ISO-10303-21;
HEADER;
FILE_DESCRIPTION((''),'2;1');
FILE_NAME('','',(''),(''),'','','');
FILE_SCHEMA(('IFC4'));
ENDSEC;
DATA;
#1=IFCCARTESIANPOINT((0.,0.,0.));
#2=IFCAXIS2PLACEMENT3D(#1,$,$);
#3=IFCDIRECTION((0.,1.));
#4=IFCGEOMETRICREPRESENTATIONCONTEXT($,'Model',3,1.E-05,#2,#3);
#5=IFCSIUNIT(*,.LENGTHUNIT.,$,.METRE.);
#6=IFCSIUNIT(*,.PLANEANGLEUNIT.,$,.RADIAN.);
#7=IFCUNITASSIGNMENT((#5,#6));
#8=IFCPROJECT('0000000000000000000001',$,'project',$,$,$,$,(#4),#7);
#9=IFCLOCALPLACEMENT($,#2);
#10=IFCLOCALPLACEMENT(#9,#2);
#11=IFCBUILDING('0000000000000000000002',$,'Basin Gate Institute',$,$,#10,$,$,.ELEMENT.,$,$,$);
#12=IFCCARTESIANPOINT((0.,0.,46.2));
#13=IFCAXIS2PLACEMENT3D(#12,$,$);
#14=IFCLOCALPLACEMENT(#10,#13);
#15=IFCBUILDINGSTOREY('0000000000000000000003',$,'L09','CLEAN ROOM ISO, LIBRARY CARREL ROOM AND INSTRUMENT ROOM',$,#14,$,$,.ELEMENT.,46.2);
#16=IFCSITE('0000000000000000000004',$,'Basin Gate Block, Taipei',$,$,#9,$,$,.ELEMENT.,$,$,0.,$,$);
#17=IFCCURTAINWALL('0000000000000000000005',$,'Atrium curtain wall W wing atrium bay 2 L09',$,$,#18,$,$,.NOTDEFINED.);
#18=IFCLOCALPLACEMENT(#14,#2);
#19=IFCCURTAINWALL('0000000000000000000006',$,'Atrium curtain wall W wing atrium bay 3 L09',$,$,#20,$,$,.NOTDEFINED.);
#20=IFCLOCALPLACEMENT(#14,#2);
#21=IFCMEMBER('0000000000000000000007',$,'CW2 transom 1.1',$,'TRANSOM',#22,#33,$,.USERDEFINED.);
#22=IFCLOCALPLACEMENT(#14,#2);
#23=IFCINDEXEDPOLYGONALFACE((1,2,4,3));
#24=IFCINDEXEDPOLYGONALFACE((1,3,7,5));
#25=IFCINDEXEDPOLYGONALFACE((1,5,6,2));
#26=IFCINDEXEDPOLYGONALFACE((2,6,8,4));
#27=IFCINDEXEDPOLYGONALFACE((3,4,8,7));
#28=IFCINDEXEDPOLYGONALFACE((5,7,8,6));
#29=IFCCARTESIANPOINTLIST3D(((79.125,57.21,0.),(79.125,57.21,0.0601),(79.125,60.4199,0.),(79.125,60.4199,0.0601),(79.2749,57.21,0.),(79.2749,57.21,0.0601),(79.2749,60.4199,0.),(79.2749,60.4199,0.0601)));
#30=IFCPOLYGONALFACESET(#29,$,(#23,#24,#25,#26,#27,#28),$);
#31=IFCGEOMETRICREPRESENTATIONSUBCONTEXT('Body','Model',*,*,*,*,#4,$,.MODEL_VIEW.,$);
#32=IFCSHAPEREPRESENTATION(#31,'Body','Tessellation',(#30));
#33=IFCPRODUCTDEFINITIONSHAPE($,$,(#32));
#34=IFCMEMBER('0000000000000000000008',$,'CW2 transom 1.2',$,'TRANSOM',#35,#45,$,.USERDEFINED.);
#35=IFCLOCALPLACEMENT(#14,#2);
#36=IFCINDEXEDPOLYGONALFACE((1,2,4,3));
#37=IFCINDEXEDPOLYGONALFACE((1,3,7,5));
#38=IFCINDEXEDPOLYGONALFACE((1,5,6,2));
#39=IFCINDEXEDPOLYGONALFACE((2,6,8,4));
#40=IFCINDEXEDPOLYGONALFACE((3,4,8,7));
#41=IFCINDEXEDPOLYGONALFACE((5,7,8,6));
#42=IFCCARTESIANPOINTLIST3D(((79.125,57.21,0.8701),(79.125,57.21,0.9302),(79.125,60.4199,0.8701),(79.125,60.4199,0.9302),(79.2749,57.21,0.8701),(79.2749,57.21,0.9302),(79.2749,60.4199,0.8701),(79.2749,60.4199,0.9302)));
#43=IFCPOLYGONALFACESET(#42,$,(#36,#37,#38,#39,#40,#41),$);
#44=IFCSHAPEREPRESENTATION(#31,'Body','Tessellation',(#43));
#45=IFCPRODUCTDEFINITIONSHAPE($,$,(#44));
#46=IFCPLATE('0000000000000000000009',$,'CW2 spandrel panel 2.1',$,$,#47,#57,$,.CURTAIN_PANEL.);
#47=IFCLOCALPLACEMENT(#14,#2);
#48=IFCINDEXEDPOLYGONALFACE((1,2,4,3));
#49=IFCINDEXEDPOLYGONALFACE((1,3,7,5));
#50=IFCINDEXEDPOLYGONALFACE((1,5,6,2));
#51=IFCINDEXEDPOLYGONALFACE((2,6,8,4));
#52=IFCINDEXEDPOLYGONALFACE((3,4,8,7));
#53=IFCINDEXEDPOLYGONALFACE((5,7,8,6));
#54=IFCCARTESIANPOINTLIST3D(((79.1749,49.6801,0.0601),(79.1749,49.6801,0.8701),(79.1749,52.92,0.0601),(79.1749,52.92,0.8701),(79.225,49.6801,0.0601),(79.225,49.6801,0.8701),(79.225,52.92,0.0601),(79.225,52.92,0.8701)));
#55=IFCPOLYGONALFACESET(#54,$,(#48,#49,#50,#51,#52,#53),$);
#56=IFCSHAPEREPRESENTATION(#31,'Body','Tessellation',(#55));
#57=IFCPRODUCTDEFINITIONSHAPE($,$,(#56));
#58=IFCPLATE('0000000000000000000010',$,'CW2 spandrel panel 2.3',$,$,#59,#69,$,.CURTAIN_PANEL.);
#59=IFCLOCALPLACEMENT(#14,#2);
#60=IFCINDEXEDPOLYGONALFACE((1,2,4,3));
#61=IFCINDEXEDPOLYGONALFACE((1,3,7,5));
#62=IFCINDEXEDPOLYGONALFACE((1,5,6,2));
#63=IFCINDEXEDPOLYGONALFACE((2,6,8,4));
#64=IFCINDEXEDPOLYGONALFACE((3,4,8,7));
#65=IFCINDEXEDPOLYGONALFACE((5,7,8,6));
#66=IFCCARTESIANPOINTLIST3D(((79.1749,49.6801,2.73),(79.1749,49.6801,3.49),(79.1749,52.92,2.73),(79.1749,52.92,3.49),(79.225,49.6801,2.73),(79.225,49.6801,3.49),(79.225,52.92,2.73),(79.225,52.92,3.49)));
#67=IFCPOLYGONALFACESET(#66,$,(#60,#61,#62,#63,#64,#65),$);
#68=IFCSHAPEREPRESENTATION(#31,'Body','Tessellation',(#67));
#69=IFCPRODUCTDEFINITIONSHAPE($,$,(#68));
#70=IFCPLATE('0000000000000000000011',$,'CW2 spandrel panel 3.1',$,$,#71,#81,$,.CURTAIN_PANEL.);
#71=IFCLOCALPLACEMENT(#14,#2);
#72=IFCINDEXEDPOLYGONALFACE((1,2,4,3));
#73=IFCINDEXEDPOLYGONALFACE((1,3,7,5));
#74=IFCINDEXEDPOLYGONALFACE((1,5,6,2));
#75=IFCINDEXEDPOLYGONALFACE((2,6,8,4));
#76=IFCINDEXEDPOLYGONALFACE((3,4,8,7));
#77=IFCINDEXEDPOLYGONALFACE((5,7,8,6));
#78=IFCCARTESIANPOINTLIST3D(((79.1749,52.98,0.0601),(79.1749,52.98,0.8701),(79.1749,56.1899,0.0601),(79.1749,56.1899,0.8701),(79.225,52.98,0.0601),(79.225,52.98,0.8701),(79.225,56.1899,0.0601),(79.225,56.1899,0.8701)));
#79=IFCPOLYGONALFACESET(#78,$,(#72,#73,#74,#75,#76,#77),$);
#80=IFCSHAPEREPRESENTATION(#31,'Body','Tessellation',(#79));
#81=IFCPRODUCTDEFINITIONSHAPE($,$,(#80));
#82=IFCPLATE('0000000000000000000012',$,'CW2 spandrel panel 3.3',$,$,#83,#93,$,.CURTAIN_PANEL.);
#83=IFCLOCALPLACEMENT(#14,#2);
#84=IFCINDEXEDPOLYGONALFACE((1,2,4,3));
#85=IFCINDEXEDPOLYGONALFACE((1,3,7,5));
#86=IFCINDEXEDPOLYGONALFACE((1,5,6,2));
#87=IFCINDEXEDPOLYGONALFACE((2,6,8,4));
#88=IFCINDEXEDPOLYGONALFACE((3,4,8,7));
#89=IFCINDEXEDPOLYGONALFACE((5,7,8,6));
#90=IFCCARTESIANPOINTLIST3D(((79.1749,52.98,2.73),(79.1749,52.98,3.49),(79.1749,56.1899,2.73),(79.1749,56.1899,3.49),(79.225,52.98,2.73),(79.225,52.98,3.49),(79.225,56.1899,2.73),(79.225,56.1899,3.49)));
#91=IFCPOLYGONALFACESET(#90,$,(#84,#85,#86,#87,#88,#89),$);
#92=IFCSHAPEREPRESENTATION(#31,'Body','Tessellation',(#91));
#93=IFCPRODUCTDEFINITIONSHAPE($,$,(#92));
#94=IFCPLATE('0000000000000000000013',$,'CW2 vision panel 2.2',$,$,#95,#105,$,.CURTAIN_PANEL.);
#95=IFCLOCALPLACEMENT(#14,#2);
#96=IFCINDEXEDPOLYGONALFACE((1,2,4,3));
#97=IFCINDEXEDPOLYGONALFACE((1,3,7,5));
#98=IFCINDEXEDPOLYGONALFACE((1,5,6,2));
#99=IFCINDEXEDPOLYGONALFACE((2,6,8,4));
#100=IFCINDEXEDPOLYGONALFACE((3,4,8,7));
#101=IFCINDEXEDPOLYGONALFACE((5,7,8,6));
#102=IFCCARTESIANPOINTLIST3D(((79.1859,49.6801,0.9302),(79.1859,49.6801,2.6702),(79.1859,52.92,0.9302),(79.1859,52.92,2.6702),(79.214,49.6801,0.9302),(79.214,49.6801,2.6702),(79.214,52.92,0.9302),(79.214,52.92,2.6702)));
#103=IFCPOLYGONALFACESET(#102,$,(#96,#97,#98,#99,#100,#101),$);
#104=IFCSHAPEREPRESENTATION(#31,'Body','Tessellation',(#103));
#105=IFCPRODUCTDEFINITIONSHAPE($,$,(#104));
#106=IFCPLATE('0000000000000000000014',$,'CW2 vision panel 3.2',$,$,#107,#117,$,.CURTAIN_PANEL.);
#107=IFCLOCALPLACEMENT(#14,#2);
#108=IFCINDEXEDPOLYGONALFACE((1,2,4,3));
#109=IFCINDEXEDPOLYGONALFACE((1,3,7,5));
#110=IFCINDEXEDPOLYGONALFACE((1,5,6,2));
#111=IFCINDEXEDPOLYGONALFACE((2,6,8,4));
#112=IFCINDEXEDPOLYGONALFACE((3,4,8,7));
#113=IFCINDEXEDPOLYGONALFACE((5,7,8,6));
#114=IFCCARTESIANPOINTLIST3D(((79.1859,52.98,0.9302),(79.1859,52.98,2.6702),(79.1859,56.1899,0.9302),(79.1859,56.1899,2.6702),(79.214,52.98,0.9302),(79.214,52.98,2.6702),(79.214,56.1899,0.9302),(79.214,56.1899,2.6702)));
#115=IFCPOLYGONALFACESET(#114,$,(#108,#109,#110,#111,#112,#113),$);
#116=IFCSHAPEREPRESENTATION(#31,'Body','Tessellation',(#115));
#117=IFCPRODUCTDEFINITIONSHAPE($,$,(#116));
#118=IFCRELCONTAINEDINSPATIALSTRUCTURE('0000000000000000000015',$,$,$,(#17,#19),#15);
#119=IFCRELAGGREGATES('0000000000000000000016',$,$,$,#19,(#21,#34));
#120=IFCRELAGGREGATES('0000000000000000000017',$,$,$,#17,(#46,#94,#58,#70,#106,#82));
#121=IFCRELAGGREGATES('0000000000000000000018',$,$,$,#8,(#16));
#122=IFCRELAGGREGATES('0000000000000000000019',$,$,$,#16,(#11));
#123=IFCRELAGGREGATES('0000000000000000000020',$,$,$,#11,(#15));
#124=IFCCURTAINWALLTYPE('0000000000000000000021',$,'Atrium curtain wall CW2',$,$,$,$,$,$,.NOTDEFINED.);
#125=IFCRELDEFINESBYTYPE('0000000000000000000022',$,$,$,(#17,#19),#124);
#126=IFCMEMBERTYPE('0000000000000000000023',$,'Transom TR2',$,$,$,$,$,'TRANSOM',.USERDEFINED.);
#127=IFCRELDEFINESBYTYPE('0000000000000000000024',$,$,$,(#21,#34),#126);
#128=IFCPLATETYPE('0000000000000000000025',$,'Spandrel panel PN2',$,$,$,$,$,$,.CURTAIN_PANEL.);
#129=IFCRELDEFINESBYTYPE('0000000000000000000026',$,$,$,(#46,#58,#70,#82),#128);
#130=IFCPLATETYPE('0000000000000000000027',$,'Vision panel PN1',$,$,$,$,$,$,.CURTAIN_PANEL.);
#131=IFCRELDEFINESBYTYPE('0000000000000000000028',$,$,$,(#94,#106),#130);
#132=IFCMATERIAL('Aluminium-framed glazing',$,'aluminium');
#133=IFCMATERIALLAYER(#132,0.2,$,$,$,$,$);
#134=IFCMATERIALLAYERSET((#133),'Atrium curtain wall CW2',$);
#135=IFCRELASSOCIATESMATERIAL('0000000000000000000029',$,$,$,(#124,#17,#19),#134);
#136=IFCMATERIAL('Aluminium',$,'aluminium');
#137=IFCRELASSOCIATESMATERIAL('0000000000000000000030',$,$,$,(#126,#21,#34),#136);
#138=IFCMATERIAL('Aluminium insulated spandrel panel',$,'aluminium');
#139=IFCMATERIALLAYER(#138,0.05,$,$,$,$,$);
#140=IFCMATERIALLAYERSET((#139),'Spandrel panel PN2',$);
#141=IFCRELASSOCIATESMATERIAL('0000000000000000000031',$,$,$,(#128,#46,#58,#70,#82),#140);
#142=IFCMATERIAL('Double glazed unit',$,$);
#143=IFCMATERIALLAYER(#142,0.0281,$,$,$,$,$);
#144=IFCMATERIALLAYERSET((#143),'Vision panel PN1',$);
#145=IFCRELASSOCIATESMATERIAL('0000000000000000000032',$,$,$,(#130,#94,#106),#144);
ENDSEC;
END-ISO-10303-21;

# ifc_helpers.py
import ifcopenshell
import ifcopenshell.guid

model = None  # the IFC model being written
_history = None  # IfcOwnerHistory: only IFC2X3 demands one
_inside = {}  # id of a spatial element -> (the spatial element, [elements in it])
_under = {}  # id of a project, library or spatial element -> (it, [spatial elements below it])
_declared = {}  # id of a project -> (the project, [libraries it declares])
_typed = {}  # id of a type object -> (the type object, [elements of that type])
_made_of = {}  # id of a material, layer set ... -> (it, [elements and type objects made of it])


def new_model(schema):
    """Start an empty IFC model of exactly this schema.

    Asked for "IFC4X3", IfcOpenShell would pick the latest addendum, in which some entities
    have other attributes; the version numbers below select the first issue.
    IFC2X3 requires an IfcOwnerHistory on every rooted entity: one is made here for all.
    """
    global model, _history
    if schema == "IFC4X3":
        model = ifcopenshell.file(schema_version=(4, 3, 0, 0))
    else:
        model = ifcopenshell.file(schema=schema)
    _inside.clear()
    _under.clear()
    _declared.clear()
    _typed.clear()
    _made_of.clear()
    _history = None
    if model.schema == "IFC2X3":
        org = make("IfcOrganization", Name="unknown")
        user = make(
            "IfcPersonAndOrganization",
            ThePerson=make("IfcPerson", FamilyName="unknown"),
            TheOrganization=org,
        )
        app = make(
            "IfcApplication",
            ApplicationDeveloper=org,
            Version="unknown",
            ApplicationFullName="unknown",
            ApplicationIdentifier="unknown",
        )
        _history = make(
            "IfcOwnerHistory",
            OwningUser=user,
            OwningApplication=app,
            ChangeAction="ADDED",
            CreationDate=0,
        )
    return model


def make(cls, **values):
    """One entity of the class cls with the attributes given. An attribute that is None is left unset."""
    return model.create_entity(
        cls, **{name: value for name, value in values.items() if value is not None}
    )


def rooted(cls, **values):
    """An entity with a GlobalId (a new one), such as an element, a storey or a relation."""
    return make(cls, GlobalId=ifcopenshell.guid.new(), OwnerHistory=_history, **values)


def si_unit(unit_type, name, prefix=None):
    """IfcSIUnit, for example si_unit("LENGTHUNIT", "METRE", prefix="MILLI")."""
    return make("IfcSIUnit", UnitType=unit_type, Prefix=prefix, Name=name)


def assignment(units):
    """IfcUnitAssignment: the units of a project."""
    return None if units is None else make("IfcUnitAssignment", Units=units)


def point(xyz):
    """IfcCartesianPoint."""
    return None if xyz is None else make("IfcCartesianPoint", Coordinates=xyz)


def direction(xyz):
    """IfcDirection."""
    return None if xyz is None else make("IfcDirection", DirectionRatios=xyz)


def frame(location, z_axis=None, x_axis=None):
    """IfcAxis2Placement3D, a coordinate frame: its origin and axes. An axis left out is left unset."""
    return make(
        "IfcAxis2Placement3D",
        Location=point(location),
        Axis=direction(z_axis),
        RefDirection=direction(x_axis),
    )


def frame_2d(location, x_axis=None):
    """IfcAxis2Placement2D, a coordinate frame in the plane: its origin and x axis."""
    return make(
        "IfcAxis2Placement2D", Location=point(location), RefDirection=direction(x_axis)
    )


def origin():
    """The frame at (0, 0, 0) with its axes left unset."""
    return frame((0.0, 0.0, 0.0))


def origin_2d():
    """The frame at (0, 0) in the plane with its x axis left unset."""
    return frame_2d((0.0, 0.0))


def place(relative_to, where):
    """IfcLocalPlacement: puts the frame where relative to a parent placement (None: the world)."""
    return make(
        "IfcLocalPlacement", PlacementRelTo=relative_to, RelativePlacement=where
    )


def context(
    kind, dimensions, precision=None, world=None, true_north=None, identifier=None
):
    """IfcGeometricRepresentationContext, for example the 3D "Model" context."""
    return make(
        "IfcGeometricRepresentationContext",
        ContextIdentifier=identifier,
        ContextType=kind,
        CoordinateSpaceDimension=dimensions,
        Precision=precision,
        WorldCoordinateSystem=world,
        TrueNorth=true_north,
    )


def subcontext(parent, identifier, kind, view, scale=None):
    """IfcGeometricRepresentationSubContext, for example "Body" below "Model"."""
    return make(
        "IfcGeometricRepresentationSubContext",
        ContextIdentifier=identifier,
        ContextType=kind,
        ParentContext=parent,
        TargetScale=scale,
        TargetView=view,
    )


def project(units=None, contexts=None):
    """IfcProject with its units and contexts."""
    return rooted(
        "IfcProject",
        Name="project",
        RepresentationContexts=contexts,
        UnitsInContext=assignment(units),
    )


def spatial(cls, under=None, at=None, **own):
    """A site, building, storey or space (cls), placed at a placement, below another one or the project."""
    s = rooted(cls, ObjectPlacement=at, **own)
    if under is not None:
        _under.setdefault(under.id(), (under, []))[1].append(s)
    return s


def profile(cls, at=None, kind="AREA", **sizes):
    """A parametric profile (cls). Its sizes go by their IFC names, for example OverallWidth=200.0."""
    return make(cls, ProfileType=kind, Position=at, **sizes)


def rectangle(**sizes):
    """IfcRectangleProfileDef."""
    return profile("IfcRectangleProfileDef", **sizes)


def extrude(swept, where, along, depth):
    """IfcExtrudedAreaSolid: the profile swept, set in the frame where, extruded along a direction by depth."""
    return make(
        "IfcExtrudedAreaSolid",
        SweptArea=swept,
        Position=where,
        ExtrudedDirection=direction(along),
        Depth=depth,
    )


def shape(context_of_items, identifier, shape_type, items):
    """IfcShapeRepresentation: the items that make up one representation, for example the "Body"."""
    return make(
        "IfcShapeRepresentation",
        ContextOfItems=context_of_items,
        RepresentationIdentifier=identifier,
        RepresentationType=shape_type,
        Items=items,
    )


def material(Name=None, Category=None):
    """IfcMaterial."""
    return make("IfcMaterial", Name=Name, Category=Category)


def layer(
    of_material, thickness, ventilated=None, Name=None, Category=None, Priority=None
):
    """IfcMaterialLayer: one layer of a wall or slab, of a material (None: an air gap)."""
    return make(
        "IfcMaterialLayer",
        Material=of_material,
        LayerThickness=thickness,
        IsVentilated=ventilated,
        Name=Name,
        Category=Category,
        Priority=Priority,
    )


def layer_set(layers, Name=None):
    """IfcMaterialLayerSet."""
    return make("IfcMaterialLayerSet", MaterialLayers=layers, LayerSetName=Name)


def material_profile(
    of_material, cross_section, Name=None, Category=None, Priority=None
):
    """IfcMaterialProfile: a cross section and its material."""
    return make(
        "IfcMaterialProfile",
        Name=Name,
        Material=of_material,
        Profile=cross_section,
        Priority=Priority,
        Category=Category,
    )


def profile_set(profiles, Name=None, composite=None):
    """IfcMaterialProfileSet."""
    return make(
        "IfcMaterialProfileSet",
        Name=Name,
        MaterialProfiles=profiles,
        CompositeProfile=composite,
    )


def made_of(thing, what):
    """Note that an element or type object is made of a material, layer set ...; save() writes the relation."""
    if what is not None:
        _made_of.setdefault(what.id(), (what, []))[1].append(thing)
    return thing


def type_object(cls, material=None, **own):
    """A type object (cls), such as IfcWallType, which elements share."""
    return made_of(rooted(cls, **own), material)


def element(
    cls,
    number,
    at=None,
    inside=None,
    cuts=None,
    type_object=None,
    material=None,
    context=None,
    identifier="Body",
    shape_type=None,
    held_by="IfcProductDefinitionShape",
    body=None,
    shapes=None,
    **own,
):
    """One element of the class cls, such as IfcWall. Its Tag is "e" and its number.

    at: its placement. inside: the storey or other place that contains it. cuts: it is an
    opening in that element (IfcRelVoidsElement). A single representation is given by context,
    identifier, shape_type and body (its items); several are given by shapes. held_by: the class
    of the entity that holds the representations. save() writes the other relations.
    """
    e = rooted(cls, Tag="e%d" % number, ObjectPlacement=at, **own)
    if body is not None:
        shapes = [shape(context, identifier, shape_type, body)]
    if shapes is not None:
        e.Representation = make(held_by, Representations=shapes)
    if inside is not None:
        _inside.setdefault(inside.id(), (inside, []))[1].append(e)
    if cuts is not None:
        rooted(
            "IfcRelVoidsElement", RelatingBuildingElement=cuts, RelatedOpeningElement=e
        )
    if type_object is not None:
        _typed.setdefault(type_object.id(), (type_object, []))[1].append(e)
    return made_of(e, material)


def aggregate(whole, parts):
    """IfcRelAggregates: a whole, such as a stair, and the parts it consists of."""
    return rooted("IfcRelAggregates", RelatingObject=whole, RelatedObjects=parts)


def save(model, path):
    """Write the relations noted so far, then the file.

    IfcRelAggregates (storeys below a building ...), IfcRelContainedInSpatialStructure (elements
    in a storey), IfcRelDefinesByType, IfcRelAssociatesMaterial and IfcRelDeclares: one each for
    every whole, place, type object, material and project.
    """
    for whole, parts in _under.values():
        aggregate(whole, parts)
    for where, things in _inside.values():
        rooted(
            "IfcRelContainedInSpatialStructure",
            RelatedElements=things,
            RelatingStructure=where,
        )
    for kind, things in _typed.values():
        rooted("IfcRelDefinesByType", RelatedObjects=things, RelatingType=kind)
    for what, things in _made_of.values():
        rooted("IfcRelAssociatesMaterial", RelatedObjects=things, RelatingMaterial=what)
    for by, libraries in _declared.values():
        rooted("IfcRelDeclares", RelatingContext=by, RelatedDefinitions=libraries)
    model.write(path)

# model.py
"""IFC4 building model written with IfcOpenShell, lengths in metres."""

from ifc_helpers import new_model, si_unit, direction, frame, origin, origin_2d, place, context, subcontext, project, spatial, rectangle, extrude, material, layer, layer_set, material_profile, profile_set, type_object, element, aggregate, save


model = new_model("IFC4")

# Units and contexts
model_context = context("Model", 3, precision=1e-05, world=origin(), true_north=direction((0.0, 1.0)))
body_context = subcontext(model_context, "Body", "Model", "MODEL_VIEW")
ifc_project = project(units=[si_unit("LENGTHUNIT", "METRE"), si_unit("PLANEANGLEUNIT", "RADIAN")], contexts=[model_context])

# Site, building, storey
site_placement = place(None, origin())
site = spatial("IfcSite", under=ifc_project, at=site_placement, Name="Basin Gate Block, Taipei", CompositionType="ELEMENT", RefElevation=0.0)
building_placement = place(site_placement, origin())
building = spatial("IfcBuilding", under=site, at=building_placement, Name="Basin Gate Institute", CompositionType="ELEMENT")
storey_placement = place(building_placement, frame((0.0, 0.0, 46.2)))
storey = spatial("IfcBuildingStorey", under=building, at=storey_placement, Name="L09", Description="CLEAN ROOM ISO, LIBRARY CARREL ROOM AND INSTRUMENT ROOM", CompositionType="ELEMENT", Elevation=46.2)

# Curtain wall
ifc_material_1 = material(Name="Aluminium-framed glazing", Category="aluminium")
ifc_layer_1 = layer(ifc_material_1, 0.2)
ifc_layer_set_1 = layer_set([ifc_layer_1], Name="Atrium curtain wall CW2")
curtain_wall_type = type_object("IfcCurtainWallType", Name="Atrium curtain wall CW2", PredefinedType="NOTDEFINED", material=ifc_layer_set_1)
curtain_wall_1_placement = place(storey_placement, origin())
curtain_wall_1 = element("IfcCurtainWall", 1, at=curtain_wall_1_placement, inside=storey, type_object=curtain_wall_type, material=ifc_layer_set_1, Name="Atrium curtain wall W wing atrium bay 2 L09", PredefinedType="NOTDEFINED")

# Curtain wall
curtain_wall_2_placement = place(storey_placement, origin())
curtain_wall_2 = element("IfcCurtainWall", 2, at=curtain_wall_2_placement, inside=storey, type_object=curtain_wall_type, material=ifc_layer_set_1, Name="Atrium curtain wall W wing atrium bay 3 L09", PredefinedType="NOTDEFINED")

# Members
ifc_material_2 = material(Name="Aluminium", Category="aluminium")
ifc_material_profile_1 = material_profile(ifc_material_2, rectangle(XDim=0.1499, YDim=0.0601, at=origin_2d()), Name="Transom TR2 150 x 60")
ifc_profile_set_1 = profile_set([ifc_material_profile_1], Name="Aluminium")
member_type_1 = type_object("IfcMemberType", Name="Transom TR2", ElementType="TRANSOM", PredefinedType="USERDEFINED", material=ifc_profile_set_1)
member_1_placement = place(storey_placement, frame((79.2, 57.21, 0.03), z_axis=(0.0, 1.0, 0.0), x_axis=(-1.0, 0.0, 0.0)))
member_1 = element("IfcMember", 3, at=member_1_placement, type_object=member_type_1, material=ifc_profile_set_1, Name="CW2 transom 1.1", ObjectType="TRANSOM", PredefinedType="USERDEFINED", context=body_context, shape_type="SweptSolid", body=[
    extrude(rectangle(XDim=0.1499, YDim=0.0601, at=origin_2d()), origin(), (0.0, 0.0, 1.0), 3.21),
])
member_2_placement = place(storey_placement, frame((79.2, 57.21, 0.9001), z_axis=(0.0, 1.0, 0.0), x_axis=(-1.0, 0.0, 0.0)))
member_2 = element("IfcMember", 4, at=member_2_placement, type_object=member_type_1, material=ifc_profile_set_1, Name="CW2 transom 1.2", ObjectType="TRANSOM", PredefinedType="USERDEFINED", context=body_context, shape_type="SweptSolid", body=[
    extrude(rectangle(XDim=0.1499, YDim=0.0601, at=origin_2d()), origin(), (0.0, 0.0, 1.0), 3.21),
])
aggregate(curtain_wall_2, [member_1, member_2])

# Plates
ifc_material_3 = material(Name="Aluminium insulated spandrel panel", Category="aluminium")
ifc_layer_2 = layer(ifc_material_3, 0.05)
ifc_layer_set_2 = layer_set([ifc_layer_2], Name="Spandrel panel PN2")
plate_type_1 = type_object("IfcPlateType", Name="Spandrel panel PN2", PredefinedType="CURTAIN_PANEL", material=ifc_layer_set_2)
plate_1_placement = place(storey_placement, frame((79.2, 51.3, 0.0601), z_axis=(0.0, 0.0, 1.0), x_axis=(0.0, 1.0, 0.0)))
plate_1 = element("IfcPlate", 5, at=plate_1_placement, type_object=plate_type_1, material=ifc_layer_set_2, Name="CW2 spandrel panel 2.1", PredefinedType="CURTAIN_PANEL", context=body_context, shape_type="SweptSolid", body=[
    extrude(rectangle(XDim=3.24, YDim=0.05, at=origin_2d()), origin(), (0.0, 0.0, 1.0), 0.8101),
])
plate_2_placement = place(storey_placement, frame((79.2, 51.3, 2.73), z_axis=(0.0, 0.0, 1.0), x_axis=(0.0, 1.0, 0.0)))
plate_2 = element("IfcPlate", 6, at=plate_2_placement, type_object=plate_type_1, material=ifc_layer_set_2, Name="CW2 spandrel panel 2.3", PredefinedType="CURTAIN_PANEL", context=body_context, shape_type="SweptSolid", body=[
    extrude(rectangle(XDim=3.24, YDim=0.05, at=origin_2d()), origin(), (0.0, 0.0, 1.0), 0.76),
])
plate_3_placement = place(storey_placement, frame((79.2, 54.585, 0.0601), z_axis=(0.0, 0.0, 1.0), x_axis=(0.0, 1.0, 0.0)))
plate_3 = element("IfcPlate", 7, at=plate_3_placement, type_object=plate_type_1, material=ifc_layer_set_2, Name="CW2 spandrel panel 3.1", PredefinedType="CURTAIN_PANEL", context=body_context, shape_type="SweptSolid", body=[
    extrude(rectangle(XDim=3.21, YDim=0.05, at=origin_2d()), origin(), (0.0, 0.0, 1.0), 0.8101),
])
plate_4_placement = place(storey_placement, frame((79.2, 54.585, 2.73), z_axis=(0.0, 0.0, 1.0), x_axis=(0.0, 1.0, 0.0)))
plate_4 = element("IfcPlate", 8, at=plate_4_placement, type_object=plate_type_1, material=ifc_layer_set_2, Name="CW2 spandrel panel 3.3", PredefinedType="CURTAIN_PANEL", context=body_context, shape_type="SweptSolid", body=[
    extrude(rectangle(XDim=3.21, YDim=0.05, at=origin_2d()), origin(), (0.0, 0.0, 1.0), 0.76),
])
ifc_material_4 = material(Name="Double glazed unit")
ifc_layer_3 = layer(ifc_material_4, 0.0281)
ifc_layer_set_3 = layer_set([ifc_layer_3], Name="Vision panel PN1")
plate_type_2 = type_object("IfcPlateType", Name="Vision panel PN1", PredefinedType="CURTAIN_PANEL", material=ifc_layer_set_3)
plate_5_placement = place(storey_placement, frame((79.2, 51.3, 0.9302), z_axis=(0.0, 0.0, 1.0), x_axis=(0.0, 1.0, 0.0)))
plate_5 = element("IfcPlate", 9, at=plate_5_placement, type_object=plate_type_2, material=ifc_layer_set_3, Name="CW2 vision panel 2.2", PredefinedType="CURTAIN_PANEL", context=body_context, shape_type="SweptSolid", body=[
    extrude(rectangle(XDim=3.24, YDim=0.0281, at=origin_2d()), origin(), (0.0, 0.0, 1.0), 1.74),
])
plate_6_placement = place(storey_placement, frame((79.2, 54.585, 0.9302), z_axis=(0.0, 0.0, 1.0), x_axis=(0.0, 1.0, 0.0)))
plate_6 = element("IfcPlate", 10, at=plate_6_placement, type_object=plate_type_2, material=ifc_layer_set_3, Name="CW2 vision panel 3.2", PredefinedType="CURTAIN_PANEL", context=body_context, shape_type="SweptSolid", body=[
    extrude(rectangle(XDim=3.21, YDim=0.0281, at=origin_2d()), origin(), (0.0, 0.0, 1.0), 1.74),
])
aggregate(curtain_wall_1, [plate_1, plate_5, plate_2, plate_3, plate_6, plate_4])

save(model, "model.ifc")
